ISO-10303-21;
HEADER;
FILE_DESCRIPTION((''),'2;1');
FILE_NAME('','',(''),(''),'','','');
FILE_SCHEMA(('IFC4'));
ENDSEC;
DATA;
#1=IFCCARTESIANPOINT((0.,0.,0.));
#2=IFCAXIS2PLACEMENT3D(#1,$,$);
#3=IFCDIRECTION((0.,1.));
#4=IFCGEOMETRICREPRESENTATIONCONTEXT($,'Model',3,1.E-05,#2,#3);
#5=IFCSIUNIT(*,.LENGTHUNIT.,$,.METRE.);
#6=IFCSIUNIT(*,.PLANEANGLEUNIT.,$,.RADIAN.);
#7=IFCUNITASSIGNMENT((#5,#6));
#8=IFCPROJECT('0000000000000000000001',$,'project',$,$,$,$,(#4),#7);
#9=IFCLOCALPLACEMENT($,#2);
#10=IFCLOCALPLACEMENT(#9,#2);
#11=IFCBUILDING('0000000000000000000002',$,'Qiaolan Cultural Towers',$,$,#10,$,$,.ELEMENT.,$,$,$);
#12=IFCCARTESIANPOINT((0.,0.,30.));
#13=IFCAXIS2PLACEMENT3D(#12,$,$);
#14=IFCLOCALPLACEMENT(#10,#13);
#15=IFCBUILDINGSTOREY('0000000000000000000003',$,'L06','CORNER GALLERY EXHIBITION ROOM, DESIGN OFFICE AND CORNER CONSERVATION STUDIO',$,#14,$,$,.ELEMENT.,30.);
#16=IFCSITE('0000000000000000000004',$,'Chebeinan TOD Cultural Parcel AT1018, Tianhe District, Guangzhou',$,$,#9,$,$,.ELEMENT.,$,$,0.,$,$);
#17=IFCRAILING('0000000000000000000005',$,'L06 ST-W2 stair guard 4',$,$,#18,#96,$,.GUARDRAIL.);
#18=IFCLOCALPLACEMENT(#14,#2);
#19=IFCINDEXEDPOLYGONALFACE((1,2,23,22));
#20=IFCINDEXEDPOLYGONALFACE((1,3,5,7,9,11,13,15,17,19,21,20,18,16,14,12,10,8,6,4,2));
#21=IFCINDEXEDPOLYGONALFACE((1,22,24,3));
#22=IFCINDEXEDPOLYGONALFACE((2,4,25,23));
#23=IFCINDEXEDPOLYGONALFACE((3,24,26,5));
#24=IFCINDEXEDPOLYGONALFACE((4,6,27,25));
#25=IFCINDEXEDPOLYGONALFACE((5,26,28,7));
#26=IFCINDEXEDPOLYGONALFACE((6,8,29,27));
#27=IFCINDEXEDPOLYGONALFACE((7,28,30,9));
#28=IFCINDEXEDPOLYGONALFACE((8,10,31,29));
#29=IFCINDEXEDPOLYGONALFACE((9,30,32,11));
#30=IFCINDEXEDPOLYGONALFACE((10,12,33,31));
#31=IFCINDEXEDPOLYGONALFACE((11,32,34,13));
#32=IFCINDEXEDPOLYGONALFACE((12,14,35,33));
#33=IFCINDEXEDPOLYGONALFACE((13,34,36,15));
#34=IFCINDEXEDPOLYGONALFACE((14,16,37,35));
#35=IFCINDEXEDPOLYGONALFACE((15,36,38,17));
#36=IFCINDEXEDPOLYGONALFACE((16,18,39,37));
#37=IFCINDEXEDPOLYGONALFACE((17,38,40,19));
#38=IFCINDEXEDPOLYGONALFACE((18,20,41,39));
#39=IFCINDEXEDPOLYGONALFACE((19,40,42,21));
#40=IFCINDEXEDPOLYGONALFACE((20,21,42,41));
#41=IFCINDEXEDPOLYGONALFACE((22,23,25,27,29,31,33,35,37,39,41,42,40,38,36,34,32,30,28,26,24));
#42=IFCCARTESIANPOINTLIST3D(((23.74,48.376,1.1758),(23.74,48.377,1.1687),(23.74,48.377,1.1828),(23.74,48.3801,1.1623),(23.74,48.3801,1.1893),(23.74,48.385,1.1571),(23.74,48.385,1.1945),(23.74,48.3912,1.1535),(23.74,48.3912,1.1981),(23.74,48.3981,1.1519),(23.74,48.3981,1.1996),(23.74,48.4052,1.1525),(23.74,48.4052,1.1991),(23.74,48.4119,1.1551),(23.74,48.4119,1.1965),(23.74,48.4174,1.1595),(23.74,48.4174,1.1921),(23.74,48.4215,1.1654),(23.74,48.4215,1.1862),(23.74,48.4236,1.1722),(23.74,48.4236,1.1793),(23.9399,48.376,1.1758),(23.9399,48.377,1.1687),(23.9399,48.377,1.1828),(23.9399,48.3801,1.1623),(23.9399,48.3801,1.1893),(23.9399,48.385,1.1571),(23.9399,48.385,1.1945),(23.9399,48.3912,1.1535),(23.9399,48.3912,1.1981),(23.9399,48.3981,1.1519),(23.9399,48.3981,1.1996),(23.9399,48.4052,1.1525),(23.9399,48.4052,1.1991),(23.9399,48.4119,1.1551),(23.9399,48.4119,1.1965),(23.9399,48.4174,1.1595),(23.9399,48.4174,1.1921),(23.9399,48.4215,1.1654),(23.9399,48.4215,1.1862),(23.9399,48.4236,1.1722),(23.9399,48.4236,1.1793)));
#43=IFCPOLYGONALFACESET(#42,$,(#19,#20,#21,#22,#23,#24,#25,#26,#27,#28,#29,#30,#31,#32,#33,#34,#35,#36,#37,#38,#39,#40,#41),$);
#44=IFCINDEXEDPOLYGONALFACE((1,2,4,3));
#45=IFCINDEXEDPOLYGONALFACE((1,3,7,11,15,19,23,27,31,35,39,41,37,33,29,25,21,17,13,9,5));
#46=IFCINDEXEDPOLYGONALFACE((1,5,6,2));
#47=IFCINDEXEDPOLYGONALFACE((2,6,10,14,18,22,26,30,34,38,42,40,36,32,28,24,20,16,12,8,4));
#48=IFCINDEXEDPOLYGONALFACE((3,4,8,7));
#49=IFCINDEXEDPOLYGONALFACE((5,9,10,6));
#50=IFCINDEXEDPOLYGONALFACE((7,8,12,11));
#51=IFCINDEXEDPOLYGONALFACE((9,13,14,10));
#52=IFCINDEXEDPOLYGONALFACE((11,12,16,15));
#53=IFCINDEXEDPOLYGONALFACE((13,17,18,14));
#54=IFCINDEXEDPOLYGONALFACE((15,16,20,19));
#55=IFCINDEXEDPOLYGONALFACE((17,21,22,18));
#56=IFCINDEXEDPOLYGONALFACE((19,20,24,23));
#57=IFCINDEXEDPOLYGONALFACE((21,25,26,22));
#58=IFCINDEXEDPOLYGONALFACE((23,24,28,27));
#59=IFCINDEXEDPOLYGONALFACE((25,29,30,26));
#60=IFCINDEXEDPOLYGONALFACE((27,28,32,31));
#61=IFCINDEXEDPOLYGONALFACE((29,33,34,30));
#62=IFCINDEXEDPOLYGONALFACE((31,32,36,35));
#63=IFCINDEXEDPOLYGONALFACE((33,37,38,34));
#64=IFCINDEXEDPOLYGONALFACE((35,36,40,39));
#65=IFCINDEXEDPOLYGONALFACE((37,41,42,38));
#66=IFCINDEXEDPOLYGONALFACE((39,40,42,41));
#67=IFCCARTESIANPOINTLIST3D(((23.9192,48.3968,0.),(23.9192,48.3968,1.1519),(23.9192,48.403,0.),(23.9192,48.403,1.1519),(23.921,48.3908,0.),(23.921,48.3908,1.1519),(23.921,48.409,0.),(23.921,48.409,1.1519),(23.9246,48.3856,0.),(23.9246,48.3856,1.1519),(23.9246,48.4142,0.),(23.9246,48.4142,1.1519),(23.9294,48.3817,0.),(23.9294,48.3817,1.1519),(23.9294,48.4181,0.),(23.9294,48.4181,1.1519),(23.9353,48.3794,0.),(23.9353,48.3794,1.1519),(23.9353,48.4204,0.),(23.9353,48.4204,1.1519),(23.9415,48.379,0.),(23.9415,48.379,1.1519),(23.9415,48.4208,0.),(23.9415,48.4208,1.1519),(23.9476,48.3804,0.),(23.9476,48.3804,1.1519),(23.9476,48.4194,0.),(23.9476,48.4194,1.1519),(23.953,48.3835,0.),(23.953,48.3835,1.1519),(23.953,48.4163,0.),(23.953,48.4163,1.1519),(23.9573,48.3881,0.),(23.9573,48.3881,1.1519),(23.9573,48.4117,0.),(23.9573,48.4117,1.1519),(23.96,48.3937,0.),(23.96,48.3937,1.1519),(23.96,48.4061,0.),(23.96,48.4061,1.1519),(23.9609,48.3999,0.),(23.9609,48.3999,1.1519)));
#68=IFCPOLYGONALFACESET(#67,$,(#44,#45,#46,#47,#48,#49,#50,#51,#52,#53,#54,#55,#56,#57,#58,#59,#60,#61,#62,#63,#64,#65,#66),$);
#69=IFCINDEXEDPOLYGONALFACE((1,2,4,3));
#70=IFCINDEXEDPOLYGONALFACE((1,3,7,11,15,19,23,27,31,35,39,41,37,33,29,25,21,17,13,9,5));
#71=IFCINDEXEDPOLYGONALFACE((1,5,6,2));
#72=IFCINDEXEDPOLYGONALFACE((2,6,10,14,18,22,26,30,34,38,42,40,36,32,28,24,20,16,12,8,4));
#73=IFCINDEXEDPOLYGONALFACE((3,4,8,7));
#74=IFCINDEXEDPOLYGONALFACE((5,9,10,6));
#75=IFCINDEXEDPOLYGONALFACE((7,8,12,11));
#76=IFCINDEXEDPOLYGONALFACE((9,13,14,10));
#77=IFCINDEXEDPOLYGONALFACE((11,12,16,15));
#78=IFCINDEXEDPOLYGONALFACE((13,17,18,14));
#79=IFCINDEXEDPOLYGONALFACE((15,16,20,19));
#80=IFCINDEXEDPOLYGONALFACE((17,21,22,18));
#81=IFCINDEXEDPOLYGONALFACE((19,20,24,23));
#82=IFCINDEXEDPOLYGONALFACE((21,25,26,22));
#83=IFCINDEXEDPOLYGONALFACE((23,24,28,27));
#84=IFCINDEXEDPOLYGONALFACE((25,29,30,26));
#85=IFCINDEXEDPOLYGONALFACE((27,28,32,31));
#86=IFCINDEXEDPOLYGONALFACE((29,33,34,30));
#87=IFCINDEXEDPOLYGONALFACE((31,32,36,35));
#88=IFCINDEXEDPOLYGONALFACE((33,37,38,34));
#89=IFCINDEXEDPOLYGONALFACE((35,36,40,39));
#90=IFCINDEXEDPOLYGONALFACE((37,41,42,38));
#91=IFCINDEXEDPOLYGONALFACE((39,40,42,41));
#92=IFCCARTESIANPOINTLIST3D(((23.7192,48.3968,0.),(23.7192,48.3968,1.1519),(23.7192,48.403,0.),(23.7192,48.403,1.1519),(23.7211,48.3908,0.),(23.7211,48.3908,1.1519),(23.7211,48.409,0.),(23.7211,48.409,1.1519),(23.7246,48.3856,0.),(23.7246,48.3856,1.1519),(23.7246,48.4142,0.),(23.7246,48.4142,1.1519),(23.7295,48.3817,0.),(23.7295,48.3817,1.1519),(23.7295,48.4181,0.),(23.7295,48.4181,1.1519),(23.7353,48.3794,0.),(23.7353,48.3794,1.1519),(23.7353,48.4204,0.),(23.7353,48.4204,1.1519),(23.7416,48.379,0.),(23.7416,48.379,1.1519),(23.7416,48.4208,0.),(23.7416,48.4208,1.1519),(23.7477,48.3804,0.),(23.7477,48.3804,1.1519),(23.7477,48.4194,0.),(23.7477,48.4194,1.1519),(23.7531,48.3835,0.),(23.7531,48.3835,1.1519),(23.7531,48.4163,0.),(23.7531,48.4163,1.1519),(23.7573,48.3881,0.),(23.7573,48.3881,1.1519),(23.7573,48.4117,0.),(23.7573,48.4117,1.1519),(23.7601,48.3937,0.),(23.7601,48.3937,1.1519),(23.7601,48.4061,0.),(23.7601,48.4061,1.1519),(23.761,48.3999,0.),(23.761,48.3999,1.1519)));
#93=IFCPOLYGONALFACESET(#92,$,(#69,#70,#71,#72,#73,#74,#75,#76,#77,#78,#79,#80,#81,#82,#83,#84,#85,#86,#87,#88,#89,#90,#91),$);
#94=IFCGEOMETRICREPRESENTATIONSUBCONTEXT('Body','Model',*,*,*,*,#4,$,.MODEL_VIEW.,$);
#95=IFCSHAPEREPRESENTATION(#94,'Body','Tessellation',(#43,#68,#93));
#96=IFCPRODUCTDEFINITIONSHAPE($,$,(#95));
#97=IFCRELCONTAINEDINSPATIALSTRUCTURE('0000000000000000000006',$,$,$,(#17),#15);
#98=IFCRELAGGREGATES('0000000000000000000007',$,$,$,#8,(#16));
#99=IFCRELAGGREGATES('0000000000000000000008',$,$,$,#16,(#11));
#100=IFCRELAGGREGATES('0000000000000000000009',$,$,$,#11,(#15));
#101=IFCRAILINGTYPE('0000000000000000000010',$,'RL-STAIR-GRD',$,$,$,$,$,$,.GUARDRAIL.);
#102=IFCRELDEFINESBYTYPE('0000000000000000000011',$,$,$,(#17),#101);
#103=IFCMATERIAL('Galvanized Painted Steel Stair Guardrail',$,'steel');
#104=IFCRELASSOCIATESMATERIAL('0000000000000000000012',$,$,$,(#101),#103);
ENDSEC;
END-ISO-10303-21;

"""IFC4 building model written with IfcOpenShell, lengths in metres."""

from ifc_helpers import new_model, si_unit, direction, frame, origin, origin_2d, place, context, subcontext, project, spatial, circle, extrude, material, type_object, element, save


model = new_model("IFC4")

# Units and contexts
model_context = context("Model", 3, precision=1e-05, world=origin(), true_north=direction((0.0, 1.0)))
body_context = subcontext(model_context, "Body", "Model", "MODEL_VIEW")
ifc_project = project(units=[si_unit("LENGTHUNIT", "METRE"), si_unit("PLANEANGLEUNIT", "RADIAN")], contexts=[model_context])

# Site, building, storey
site_placement = place(None, origin())
site = spatial("IfcSite", under=ifc_project, at=site_placement, Name="Chebeinan TOD Cultural Parcel AT1018, Tianhe District, Guangzhou", CompositionType="ELEMENT", RefElevation=0.0)
building_placement = place(site_placement, origin())
building = spatial("IfcBuilding", under=site, at=building_placement, Name="Qiaolan Cultural Towers", CompositionType="ELEMENT")
storey_placement = place(building_placement, frame((0.0, 0.0, 30.0)))
storey = spatial("IfcBuildingStorey", under=building, at=storey_placement, Name="L06", Description="CORNER GALLERY EXHIBITION ROOM, DESIGN OFFICE AND CORNER CONSERVATION STUDIO", CompositionType="ELEMENT", Elevation=30.0)

# Railing
ifc_material_1 = material(Name="Galvanized Painted Steel Stair Guardrail", Category="steel")
railing_type_1 = type_object("IfcRailingType", Name="RL-STAIR-GRD", PredefinedType="GUARDRAIL", material=ifc_material_1)
railing_1_placement = place(storey_placement, frame((23.9399, 48.3999, 0.0)))
element("IfcRailing", 1, at=railing_1_placement, inside=storey, type_object=railing_type_1, Name="L06 ST-W2 stair guard 4", PredefinedType="GUARDRAIL", context=body_context, shape_type="SweptSolid", body=[
    extrude(circle(Radius=0.0239, at=origin_2d()), frame((0.0, 0.0, 1.1758), z_axis=(-1.0, 0.0, 0.0), x_axis=(0.0, -1.0, 0.0)), (0.0, 0.0, 1.0), 0.2),
    extrude(circle(Radius=0.021, at=origin_2d()), origin(), (0.0, 0.0, 1.0), 1.1519),
    extrude(circle(Radius=0.021, at=origin_2d()), frame((-0.2, 0.0, 0.0)), (0.0, 0.0, 1.0), 1.1519),
])

save(model, "model.ifc")
